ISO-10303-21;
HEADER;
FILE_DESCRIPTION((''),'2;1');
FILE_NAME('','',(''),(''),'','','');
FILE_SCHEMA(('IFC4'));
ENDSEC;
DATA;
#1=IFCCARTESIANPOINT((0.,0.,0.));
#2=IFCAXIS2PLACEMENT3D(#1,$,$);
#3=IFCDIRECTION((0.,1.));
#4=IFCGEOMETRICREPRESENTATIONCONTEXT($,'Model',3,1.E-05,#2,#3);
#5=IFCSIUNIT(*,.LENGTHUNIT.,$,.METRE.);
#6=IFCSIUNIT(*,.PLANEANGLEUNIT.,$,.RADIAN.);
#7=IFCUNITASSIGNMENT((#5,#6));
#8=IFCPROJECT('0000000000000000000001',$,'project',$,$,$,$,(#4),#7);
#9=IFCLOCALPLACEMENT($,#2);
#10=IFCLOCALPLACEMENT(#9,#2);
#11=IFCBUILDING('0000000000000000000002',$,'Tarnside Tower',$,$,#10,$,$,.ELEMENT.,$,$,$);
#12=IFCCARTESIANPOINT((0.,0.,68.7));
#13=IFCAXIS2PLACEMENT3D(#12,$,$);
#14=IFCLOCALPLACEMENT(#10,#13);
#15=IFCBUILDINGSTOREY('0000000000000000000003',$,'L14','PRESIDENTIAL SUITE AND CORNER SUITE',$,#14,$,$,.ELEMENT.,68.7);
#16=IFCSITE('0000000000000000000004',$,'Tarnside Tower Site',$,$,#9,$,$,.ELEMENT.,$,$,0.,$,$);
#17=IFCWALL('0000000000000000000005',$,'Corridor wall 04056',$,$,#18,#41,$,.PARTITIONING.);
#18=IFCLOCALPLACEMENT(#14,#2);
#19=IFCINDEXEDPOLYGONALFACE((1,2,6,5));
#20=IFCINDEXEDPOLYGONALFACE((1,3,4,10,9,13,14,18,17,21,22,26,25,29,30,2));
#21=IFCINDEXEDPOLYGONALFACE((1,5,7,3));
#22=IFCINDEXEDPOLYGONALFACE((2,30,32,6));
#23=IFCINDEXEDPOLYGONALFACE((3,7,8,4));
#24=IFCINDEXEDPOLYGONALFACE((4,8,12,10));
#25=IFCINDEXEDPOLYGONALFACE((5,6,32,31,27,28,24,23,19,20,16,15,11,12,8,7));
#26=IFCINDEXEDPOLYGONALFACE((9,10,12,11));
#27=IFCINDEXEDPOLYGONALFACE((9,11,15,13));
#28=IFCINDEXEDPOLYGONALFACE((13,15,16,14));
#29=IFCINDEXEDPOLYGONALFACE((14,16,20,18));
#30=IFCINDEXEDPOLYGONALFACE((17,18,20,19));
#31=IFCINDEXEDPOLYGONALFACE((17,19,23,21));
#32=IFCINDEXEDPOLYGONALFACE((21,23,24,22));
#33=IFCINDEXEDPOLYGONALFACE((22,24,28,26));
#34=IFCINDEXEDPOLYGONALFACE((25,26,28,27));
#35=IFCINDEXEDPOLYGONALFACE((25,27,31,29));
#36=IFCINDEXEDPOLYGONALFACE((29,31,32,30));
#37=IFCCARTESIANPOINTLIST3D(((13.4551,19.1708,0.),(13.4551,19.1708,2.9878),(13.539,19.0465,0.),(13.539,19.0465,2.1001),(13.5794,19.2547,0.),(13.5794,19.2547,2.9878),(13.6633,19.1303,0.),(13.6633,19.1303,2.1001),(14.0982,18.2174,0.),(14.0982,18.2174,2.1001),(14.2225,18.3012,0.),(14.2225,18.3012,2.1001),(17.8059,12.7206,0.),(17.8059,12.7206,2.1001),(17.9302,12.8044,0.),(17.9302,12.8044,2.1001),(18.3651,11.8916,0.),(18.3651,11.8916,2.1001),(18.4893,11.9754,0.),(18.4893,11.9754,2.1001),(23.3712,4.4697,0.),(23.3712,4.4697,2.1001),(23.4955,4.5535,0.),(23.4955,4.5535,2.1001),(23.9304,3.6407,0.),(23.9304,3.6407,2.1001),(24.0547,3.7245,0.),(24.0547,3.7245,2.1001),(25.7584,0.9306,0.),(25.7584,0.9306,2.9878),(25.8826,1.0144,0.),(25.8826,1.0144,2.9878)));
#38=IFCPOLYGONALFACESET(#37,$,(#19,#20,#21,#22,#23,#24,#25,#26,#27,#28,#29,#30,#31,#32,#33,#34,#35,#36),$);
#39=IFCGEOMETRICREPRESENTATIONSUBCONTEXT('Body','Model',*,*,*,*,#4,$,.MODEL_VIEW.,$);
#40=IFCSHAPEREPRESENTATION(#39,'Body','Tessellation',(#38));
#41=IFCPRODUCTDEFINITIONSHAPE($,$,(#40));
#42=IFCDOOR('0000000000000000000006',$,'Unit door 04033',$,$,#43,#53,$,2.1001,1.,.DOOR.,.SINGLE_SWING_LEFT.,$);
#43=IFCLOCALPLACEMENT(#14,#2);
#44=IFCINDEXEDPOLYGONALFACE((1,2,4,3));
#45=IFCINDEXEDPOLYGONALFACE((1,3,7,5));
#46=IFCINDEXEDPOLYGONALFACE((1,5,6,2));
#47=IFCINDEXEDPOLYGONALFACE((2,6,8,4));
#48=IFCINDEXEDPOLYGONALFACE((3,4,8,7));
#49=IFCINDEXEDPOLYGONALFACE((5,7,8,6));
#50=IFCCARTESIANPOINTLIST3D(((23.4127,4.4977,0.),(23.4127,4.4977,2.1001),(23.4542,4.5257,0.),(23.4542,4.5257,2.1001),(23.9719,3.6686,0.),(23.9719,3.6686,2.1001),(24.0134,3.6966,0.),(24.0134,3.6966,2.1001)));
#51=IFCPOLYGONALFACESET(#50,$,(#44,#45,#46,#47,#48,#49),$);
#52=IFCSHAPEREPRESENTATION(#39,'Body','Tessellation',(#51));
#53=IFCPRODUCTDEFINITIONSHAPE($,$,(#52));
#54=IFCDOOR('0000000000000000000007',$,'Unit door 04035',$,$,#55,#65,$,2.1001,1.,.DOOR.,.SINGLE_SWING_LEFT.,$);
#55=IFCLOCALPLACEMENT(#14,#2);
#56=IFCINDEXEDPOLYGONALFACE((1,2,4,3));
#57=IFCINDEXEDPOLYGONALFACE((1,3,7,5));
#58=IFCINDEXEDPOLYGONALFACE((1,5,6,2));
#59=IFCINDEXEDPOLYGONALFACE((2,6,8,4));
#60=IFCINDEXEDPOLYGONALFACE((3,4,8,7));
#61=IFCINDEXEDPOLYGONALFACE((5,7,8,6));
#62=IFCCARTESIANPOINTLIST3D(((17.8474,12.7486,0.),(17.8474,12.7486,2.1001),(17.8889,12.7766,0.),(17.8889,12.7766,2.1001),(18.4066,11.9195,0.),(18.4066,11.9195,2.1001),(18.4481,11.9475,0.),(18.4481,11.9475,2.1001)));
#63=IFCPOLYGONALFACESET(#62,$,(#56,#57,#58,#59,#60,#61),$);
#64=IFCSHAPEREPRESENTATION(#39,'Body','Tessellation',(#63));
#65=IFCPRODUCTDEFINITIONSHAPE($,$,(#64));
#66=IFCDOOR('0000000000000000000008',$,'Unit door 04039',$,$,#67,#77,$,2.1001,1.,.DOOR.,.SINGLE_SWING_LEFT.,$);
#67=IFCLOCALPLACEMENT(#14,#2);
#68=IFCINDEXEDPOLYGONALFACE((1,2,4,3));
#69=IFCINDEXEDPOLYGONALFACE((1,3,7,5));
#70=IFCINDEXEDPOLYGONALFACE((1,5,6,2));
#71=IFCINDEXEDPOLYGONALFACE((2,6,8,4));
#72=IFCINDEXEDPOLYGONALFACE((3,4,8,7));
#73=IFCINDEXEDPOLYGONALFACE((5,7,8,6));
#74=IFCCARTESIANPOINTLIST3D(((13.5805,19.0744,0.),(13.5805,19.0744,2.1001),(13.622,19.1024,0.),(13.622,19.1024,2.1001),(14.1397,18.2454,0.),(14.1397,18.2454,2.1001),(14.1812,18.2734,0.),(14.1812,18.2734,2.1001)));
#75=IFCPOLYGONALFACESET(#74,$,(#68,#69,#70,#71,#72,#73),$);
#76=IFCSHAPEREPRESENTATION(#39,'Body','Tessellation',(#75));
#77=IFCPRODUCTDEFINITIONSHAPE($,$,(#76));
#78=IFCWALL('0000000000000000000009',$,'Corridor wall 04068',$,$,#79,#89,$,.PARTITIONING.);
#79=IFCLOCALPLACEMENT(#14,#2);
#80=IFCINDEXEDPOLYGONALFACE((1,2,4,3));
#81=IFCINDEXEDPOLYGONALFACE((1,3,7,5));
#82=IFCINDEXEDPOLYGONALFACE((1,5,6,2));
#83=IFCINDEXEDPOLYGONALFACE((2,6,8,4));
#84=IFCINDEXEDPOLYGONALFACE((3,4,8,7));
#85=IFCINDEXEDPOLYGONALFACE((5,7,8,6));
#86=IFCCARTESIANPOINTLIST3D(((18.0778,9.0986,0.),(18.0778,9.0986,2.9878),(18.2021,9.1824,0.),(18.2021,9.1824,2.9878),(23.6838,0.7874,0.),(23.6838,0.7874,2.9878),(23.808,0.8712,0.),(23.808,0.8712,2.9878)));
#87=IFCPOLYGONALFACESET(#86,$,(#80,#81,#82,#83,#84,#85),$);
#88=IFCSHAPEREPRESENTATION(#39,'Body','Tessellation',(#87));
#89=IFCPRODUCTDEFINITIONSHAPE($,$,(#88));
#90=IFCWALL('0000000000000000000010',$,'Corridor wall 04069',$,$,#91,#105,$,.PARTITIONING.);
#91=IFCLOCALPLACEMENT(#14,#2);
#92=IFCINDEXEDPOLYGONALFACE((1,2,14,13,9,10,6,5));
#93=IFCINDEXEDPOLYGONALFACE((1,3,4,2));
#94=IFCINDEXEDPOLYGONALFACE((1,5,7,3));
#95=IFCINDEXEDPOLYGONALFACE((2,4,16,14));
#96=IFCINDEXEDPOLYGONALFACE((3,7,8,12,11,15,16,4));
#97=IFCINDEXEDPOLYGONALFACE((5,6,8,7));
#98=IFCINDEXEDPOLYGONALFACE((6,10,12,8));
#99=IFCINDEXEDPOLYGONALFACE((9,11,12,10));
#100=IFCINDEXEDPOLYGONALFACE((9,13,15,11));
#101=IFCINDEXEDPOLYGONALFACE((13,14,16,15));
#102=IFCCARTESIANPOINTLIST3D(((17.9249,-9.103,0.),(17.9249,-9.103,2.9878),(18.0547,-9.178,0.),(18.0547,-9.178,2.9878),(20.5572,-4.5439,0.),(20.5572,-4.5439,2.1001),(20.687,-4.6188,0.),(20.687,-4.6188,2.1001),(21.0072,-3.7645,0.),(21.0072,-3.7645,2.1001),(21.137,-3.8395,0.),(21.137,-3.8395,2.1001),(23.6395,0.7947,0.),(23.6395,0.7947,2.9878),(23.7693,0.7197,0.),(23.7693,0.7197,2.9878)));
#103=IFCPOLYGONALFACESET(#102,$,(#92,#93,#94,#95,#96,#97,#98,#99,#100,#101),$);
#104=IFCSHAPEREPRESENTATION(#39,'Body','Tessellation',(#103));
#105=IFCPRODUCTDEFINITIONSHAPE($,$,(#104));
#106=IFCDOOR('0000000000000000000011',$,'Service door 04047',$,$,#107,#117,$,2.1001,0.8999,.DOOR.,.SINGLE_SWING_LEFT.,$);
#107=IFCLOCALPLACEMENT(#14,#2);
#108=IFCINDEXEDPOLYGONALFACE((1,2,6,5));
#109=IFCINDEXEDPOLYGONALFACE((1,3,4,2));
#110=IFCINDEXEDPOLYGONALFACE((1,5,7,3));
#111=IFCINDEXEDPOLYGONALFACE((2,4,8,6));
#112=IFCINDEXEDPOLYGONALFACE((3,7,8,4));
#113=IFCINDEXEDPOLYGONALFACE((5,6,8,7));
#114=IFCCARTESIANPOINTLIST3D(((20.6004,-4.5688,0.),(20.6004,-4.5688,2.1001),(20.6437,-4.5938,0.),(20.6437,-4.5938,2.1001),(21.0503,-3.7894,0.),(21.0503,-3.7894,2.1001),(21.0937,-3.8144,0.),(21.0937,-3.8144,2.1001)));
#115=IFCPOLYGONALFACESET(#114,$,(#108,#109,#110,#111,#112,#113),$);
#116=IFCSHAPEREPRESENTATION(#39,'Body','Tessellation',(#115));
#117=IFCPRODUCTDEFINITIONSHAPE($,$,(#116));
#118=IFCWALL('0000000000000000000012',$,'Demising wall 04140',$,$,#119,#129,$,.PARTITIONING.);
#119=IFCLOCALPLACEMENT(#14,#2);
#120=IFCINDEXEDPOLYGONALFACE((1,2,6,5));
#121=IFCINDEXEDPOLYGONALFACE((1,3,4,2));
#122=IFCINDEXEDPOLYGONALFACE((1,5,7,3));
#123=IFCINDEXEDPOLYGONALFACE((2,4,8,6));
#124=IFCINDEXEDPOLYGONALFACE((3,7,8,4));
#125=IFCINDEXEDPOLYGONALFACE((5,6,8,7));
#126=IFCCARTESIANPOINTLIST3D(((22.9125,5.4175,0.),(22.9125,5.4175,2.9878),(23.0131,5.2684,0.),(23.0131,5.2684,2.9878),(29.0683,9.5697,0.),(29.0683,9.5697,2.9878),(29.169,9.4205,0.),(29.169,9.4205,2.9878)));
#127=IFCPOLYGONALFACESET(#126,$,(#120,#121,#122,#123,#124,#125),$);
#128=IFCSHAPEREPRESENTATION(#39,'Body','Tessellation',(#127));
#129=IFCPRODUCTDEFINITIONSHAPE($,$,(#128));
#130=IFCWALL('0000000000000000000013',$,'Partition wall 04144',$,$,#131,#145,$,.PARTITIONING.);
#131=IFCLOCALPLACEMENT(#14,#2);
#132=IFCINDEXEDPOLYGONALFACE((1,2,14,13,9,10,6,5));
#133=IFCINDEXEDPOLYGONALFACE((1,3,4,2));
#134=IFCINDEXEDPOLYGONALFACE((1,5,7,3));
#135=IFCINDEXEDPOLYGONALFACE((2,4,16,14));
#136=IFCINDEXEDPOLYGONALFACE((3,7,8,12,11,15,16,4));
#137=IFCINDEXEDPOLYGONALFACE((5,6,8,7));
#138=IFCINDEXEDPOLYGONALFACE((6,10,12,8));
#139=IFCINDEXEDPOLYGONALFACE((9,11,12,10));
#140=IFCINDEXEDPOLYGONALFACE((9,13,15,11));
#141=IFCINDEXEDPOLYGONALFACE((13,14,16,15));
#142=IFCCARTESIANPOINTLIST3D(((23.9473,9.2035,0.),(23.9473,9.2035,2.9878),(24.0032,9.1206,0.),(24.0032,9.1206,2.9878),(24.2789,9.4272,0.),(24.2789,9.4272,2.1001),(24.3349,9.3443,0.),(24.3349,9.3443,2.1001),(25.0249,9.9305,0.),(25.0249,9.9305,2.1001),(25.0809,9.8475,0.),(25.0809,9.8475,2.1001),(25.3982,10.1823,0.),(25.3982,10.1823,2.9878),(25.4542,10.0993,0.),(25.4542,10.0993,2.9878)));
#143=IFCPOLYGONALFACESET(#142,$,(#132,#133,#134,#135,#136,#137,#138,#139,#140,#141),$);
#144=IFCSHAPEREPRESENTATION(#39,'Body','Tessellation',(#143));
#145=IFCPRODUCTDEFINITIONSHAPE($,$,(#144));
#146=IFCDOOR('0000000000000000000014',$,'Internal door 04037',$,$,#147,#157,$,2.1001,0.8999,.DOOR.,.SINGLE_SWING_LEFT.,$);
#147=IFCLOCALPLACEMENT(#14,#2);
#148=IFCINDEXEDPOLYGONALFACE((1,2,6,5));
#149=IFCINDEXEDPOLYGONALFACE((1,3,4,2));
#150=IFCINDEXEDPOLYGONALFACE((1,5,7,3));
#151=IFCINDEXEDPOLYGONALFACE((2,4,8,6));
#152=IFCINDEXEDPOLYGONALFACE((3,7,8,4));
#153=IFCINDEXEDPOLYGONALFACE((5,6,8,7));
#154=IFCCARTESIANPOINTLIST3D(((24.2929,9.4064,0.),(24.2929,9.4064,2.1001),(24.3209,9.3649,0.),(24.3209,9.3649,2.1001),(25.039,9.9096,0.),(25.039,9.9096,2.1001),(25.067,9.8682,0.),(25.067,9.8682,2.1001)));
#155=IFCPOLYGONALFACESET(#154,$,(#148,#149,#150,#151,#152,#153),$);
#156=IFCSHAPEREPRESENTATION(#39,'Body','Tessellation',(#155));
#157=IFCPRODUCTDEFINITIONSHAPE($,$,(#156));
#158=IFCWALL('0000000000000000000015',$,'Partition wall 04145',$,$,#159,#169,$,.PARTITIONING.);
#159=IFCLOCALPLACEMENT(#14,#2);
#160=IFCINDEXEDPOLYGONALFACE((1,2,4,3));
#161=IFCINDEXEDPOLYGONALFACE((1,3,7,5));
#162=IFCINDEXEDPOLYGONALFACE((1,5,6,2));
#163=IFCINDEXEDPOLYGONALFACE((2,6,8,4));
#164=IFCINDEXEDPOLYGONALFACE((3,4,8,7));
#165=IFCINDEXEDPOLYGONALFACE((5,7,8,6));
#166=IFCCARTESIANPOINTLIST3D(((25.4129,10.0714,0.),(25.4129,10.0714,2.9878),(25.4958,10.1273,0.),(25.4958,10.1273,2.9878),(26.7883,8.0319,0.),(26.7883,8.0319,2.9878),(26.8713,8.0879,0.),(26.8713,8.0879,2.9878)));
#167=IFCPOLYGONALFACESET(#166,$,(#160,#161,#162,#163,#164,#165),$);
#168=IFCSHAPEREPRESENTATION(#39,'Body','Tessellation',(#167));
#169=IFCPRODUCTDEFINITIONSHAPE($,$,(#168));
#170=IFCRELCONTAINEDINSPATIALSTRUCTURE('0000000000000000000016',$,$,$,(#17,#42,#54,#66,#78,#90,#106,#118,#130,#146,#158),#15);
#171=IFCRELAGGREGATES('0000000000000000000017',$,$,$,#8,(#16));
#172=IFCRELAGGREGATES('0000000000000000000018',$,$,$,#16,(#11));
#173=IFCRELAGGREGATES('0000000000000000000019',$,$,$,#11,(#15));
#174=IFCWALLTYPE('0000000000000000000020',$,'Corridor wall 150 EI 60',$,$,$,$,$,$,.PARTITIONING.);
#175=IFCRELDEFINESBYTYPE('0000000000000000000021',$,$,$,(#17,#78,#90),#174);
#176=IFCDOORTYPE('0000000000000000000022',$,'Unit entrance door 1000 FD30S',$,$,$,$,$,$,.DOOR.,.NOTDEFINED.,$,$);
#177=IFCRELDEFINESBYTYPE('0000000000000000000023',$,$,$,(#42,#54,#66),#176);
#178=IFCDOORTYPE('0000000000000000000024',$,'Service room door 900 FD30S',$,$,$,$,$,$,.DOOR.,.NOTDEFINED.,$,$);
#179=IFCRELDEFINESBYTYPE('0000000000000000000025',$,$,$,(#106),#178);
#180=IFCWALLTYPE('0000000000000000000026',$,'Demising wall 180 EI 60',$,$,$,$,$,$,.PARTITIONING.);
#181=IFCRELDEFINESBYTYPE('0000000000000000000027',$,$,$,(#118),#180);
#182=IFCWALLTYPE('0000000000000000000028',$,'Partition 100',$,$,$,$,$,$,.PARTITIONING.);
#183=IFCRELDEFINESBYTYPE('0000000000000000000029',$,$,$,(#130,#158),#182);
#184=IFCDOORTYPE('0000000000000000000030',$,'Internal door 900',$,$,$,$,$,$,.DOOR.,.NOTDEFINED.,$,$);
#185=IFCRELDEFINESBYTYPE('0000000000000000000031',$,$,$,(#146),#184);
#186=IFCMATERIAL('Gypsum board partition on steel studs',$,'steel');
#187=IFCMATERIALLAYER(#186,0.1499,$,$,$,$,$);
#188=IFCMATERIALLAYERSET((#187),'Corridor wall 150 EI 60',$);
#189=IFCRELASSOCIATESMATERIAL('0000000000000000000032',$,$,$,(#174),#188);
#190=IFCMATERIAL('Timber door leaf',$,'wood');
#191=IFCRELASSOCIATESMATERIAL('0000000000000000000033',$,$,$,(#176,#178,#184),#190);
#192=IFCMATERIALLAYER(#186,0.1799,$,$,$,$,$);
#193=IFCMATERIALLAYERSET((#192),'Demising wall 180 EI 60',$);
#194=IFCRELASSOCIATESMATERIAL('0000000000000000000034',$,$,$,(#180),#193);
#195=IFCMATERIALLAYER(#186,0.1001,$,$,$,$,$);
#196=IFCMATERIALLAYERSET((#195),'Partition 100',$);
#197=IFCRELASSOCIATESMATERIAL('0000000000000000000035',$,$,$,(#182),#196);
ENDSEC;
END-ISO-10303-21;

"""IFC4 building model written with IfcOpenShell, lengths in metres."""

from ifc_helpers import new_model, si_unit, direction, frame, frame_2d, origin, place, context, subcontext, project, spatial, rectangle, extrude, material, layer, layer_set, type_object, element, fill, save


model = new_model("IFC4")

# Units and contexts
model_context = context("Model", 3, precision=1e-05, world=origin(), true_north=direction((0.0, 1.0)))
body_context = subcontext(model_context, "Body", "Model", "MODEL_VIEW")
ifc_project = project(units=[si_unit("LENGTHUNIT", "METRE"), si_unit("PLANEANGLEUNIT", "RADIAN")], contexts=[model_context])

# Site, building, storey
site_placement = place(None, origin())
site = spatial("IfcSite", under=ifc_project, at=site_placement, Name="Tarnside Tower Site", CompositionType="ELEMENT", RefElevation=0.0)
building_placement = place(site_placement, origin())
building = spatial("IfcBuilding", under=site, at=building_placement, Name="Tarnside Tower", CompositionType="ELEMENT")
storey_placement = place(building_placement, frame((0.0, 0.0, 68.7)))
storey = spatial("IfcBuildingStorey", under=building, at=storey_placement, Name="L14", Description="PRESIDENTIAL SUITE AND CORNER SUITE", CompositionType="ELEMENT", Elevation=68.7)

# Shared definitions
ifc_material_1 = material(Name="Gypsum board partition on steel studs", Category="steel")
ifc_material_2 = material(Name="Timber door leaf", Category="wood")

# Wall, openings, doors
ifc_layer_1 = layer(ifc_material_1, 0.1499)
ifc_layer_set_1 = layer_set([ifc_layer_1], Name="Corridor wall 150 EI 60")
wall_type_1 = type_object("IfcWallType", Name="Corridor wall 150 EI 60", PredefinedType="PARTITIONING", material=ifc_layer_set_1)
wall_1_placement = place(storey_placement, frame((25.8206, 0.9724, 0.0), z_axis=(0.0, 0.0, 1.0), x_axis=(-0.559194, 0.829037, 0.0)))
wall_1 = element("IfcWall", 1, at=wall_1_placement, inside=storey, type_object=wall_type_1, Name="Corridor wall 04056", PredefinedType="PARTITIONING", context=body_context, shape_type="SweptSolid", body=[
    extrude(rectangle(XDim=22.0017, YDim=0.1499, at=frame_2d((11.001, 0.0))), origin(), (0.0, 0.0, 1.0), 2.9878),
])
opening_1_placement = place(wall_1_placement, frame((3.269, 0.0, 0.0)))
opening_1 = element("IfcOpeningElement", 2, at=opening_1_placement, cuts=wall_1, PredefinedType="OPENING", context=body_context, shape_type="SweptSolid", body=[
    extrude(rectangle(XDim=1.0, YDim=2.1001, at=frame_2d((0.5, 1.05))), frame((0.0, 0.085, 0.0), z_axis=(0.0, -1.0, 0.0), x_axis=(1.0, 0.0, 0.0)), (0.0, 0.0, 1.0), 0.1699),
])
opening_2_placement = place(wall_1_placement, frame((13.2214, 0.0, 0.0)))
opening_2 = element("IfcOpeningElement", 3, at=opening_2_placement, cuts=wall_1, PredefinedType="OPENING", context=body_context, shape_type="SweptSolid", body=[
    extrude(rectangle(XDim=1.0, YDim=2.1001, at=frame_2d((0.5, 1.05))), frame((0.0, 0.085, 0.0), z_axis=(0.0, -1.0, 0.0), x_axis=(1.0, 0.0, 0.0)), (0.0, 0.0, 1.0), 0.1699),
])
opening_3_placement = place(wall_1_placement, frame((20.8518, 0.0, 0.0)))
opening_3 = element("IfcOpeningElement", 4, at=opening_3_placement, cuts=wall_1, PredefinedType="OPENING", context=body_context, shape_type="SweptSolid", body=[
    extrude(rectangle(XDim=1.0, YDim=2.1001, at=frame_2d((0.5, 1.05))), frame((0.0, 0.085, 0.0), z_axis=(0.0, -1.0, 0.0), x_axis=(1.0, 0.0, 0.0)), (0.0, 0.0, 1.0), 0.1699),
])
door_type_1 = type_object("IfcDoorType", Name="Unit entrance door 1000 FD30S", OperationType="NOTDEFINED", PredefinedType="DOOR", material=ifc_material_2)
door_1_placement = place(opening_1_placement, origin())
door_1 = element("IfcDoor", 5, at=door_1_placement, inside=storey, type_object=door_type_1, Name="Unit door 04033", OperationType="SINGLE_SWING_LEFT", OverallHeight=2.1001, OverallWidth=1.0, PredefinedType="DOOR", context=body_context, shape_type="SweptSolid", body=[
    extrude(rectangle(XDim=1.0, YDim=2.1001, at=frame_2d((0.5, 1.05))), frame((0.0, 0.0249, 0.0), z_axis=(0.0, -1.0, 0.0), x_axis=(1.0, 0.0, 0.0)), (0.0, 0.0, 1.0), 0.05),
])
fill(opening_1, door_1)
door_2_placement = place(opening_2_placement, origin())
door_2 = element("IfcDoor", 6, at=door_2_placement, inside=storey, type_object=door_type_1, Name="Unit door 04035", OperationType="SINGLE_SWING_LEFT", OverallHeight=2.1001, OverallWidth=1.0, PredefinedType="DOOR", context=body_context, shape_type="SweptSolid", body=[
    extrude(rectangle(XDim=1.0, YDim=2.1001, at=frame_2d((0.5, 1.05))), frame((0.0, 0.0249, 0.0), z_axis=(0.0, -1.0, 0.0), x_axis=(1.0, 0.0, 0.0)), (0.0, 0.0, 1.0), 0.05),
])
fill(opening_2, door_2)
door_3_placement = place(opening_3_placement, origin())
door_3 = element("IfcDoor", 7, at=door_3_placement, inside=storey, type_object=door_type_1, Name="Unit door 04039", OperationType="SINGLE_SWING_LEFT", OverallHeight=2.1001, OverallWidth=1.0, PredefinedType="DOOR", context=body_context, shape_type="SweptSolid", body=[
    extrude(rectangle(XDim=1.0, YDim=2.1001, at=frame_2d((0.5, 1.05))), frame((0.0, 0.0249, 0.0), z_axis=(0.0, -1.0, 0.0), x_axis=(1.0, 0.0, 0.0)), (0.0, 0.0, 1.0), 0.05),
])
fill(opening_3, door_3)

# Wall
wall_2_placement = place(storey_placement, frame((18.1399, 9.1406, 0.0), z_axis=(0.0, 0.0, 1.0), x_axis=(0.559188, -0.829041, 0.0)))
element("IfcWall", 8, at=wall_2_placement, inside=storey, type_object=wall_type_1, Name="Corridor wall 04068", PredefinedType="PARTITIONING", context=body_context, shape_type="SweptSolid", body=[
    extrude(rectangle(XDim=10.0251, YDim=0.1499, at=frame_2d((5.0127, 0.0))), origin(), (0.0, 0.0, 1.0), 2.9878),
])

# Wall, opening, door
wall_3_placement = place(storey_placement, frame((23.7043, 0.7571, 0.0), z_axis=(0.0, 0.0, 1.0), x_axis=(-0.50001, -0.866019, 0.0)))
wall_3 = element("IfcWall", 9, at=wall_3_placement, inside=storey, type_object=wall_type_1, Name="Corridor wall 04069", PredefinedType="PARTITIONING", context=body_context, shape_type="SweptSolid", body=[
    extrude(rectangle(XDim=11.429, YDim=0.1499, at=frame_2d((5.7144, 0.0))), origin(), (0.0, 0.0, 1.0), 2.9878),
])
opening_4_placement = place(wall_3_placement, frame((5.2644, 0.0, 0.0)))
opening_4 = element("IfcOpeningElement", 10, at=opening_4_placement, cuts=wall_3, PredefinedType="OPENING", context=body_context, shape_type="SweptSolid", body=[
    extrude(rectangle(XDim=0.8999, YDim=2.1001, at=frame_2d((0.45, 1.05))), frame((0.0, 0.085, 0.0), z_axis=(0.0, -1.0, 0.0), x_axis=(1.0, 0.0, 0.0)), (0.0, 0.0, 1.0), 0.1699),
])
door_type_2 = type_object("IfcDoorType", Name="Service room door 900 FD30S", OperationType="NOTDEFINED", PredefinedType="DOOR", material=ifc_material_2)
door_4_placement = place(opening_4_placement, origin())
door_4 = element("IfcDoor", 11, at=door_4_placement, inside=storey, type_object=door_type_2, Name="Service door 04047", OperationType="SINGLE_SWING_LEFT", OverallHeight=2.1001, OverallWidth=0.8999, PredefinedType="DOOR", context=body_context, shape_type="SweptSolid", body=[
    extrude(rectangle(XDim=0.8999, YDim=2.1001, at=frame_2d((0.45, 1.05))), frame((0.0, 0.0249, 0.0), z_axis=(0.0, -1.0, 0.0), x_axis=(1.0, 0.0, 0.0)), (0.0, 0.0, 1.0), 0.05),
])
fill(opening_4, door_4)

# Wall
ifc_layer_2 = layer(ifc_material_1, 0.1799)
ifc_layer_set_2 = layer_set([ifc_layer_2], Name="Demising wall 180 EI 60")
wall_type_2 = type_object("IfcWallType", Name="Demising wall 180 EI 60", PredefinedType="PARTITIONING", material=ifc_layer_set_2)
wall_4_placement = place(storey_placement, frame((29.1187, 9.4951, 0.0), z_axis=(0.0, 0.0, 1.0), x_axis=(-0.829038, -0.559192, 0.0)))
element("IfcWall", 12, at=wall_4_placement, inside=storey, type_object=wall_type_2, Name="Demising wall 04140", PredefinedType="PARTITIONING", context=body_context, shape_type="SweptSolid", body=[
    extrude(rectangle(XDim=7.4253, YDim=0.1799, at=frame_2d((3.7126, 0.0))), origin(), (0.0, 0.0, 1.0), 2.9878),
])

# Wall, opening, door
ifc_layer_3 = layer(ifc_material_1, 0.1001)
ifc_layer_set_3 = layer_set([ifc_layer_3], Name="Partition 100")
wall_type_3 = type_object("IfcWallType", Name="Partition 100", PredefinedType="PARTITIONING", material=ifc_layer_set_3)
wall_5_placement = place(storey_placement, frame((23.9753, 9.1621, 0.0), z_axis=(0.0, 0.0, 1.0), x_axis=(0.829012, 0.559231, 0.0)))
wall_5 = element("IfcWall", 13, at=wall_5_placement, inside=storey, type_object=wall_type_3, Name="Partition wall 04144", PredefinedType="PARTITIONING", context=body_context, shape_type="SweptSolid", body=[
    extrude(rectangle(XDim=1.7502, YDim=0.1001, at=frame_2d((0.875, 0.0))), origin(), (0.0, 0.0, 1.0), 2.9878),
])
opening_5_placement = place(wall_5_placement, frame((0.3999, 0.0, 0.0)))
opening_5 = element("IfcOpeningElement", 14, at=opening_5_placement, cuts=wall_5, PredefinedType="OPENING", context=body_context, shape_type="SweptSolid", body=[
    extrude(rectangle(XDim=0.8999, YDim=2.1001, at=frame_2d((0.45, 1.05))), frame((0.0, 0.0601, 0.0), z_axis=(0.0, -1.0, 0.0), x_axis=(1.0, 0.0, 0.0)), (0.0, 0.0, 1.0), 0.1201),
])
door_type_3 = type_object("IfcDoorType", Name="Internal door 900", OperationType="NOTDEFINED", PredefinedType="DOOR", material=ifc_material_2)
door_5_placement = place(opening_5_placement, origin())
door_5 = element("IfcDoor", 15, at=door_5_placement, inside=storey, type_object=door_type_3, Name="Internal door 04037", OperationType="SINGLE_SWING_LEFT", OverallHeight=2.1001, OverallWidth=0.8999, PredefinedType="DOOR", context=body_context, shape_type="SweptSolid", body=[
    extrude(rectangle(XDim=0.8999, YDim=2.1001, at=frame_2d((0.45, 1.05))), frame((0.0, 0.0249, 0.0), z_axis=(0.0, -1.0, 0.0), x_axis=(1.0, 0.0, 0.0)), (0.0, 0.0, 1.0), 0.05),
])
fill(opening_5, door_5)

# Wall
wall_6_placement = place(storey_placement, frame((25.4543, 10.0994, 0.0), z_axis=(0.0, 0.0, 1.0), x_axis=(0.559135, -0.829076, 0.0)))
element("IfcWall", 16, at=wall_6_placement, inside=storey, type_object=wall_type_3, Name="Partition wall 04145", PredefinedType="PARTITIONING", context=body_context, shape_type="SweptSolid", body=[
    extrude(rectangle(XDim=2.46, YDim=0.1001, at=frame_2d((1.23, 0.0))), origin(), (0.0, 0.0, 1.0), 2.9878),
])

save(model, "model.ifc")
